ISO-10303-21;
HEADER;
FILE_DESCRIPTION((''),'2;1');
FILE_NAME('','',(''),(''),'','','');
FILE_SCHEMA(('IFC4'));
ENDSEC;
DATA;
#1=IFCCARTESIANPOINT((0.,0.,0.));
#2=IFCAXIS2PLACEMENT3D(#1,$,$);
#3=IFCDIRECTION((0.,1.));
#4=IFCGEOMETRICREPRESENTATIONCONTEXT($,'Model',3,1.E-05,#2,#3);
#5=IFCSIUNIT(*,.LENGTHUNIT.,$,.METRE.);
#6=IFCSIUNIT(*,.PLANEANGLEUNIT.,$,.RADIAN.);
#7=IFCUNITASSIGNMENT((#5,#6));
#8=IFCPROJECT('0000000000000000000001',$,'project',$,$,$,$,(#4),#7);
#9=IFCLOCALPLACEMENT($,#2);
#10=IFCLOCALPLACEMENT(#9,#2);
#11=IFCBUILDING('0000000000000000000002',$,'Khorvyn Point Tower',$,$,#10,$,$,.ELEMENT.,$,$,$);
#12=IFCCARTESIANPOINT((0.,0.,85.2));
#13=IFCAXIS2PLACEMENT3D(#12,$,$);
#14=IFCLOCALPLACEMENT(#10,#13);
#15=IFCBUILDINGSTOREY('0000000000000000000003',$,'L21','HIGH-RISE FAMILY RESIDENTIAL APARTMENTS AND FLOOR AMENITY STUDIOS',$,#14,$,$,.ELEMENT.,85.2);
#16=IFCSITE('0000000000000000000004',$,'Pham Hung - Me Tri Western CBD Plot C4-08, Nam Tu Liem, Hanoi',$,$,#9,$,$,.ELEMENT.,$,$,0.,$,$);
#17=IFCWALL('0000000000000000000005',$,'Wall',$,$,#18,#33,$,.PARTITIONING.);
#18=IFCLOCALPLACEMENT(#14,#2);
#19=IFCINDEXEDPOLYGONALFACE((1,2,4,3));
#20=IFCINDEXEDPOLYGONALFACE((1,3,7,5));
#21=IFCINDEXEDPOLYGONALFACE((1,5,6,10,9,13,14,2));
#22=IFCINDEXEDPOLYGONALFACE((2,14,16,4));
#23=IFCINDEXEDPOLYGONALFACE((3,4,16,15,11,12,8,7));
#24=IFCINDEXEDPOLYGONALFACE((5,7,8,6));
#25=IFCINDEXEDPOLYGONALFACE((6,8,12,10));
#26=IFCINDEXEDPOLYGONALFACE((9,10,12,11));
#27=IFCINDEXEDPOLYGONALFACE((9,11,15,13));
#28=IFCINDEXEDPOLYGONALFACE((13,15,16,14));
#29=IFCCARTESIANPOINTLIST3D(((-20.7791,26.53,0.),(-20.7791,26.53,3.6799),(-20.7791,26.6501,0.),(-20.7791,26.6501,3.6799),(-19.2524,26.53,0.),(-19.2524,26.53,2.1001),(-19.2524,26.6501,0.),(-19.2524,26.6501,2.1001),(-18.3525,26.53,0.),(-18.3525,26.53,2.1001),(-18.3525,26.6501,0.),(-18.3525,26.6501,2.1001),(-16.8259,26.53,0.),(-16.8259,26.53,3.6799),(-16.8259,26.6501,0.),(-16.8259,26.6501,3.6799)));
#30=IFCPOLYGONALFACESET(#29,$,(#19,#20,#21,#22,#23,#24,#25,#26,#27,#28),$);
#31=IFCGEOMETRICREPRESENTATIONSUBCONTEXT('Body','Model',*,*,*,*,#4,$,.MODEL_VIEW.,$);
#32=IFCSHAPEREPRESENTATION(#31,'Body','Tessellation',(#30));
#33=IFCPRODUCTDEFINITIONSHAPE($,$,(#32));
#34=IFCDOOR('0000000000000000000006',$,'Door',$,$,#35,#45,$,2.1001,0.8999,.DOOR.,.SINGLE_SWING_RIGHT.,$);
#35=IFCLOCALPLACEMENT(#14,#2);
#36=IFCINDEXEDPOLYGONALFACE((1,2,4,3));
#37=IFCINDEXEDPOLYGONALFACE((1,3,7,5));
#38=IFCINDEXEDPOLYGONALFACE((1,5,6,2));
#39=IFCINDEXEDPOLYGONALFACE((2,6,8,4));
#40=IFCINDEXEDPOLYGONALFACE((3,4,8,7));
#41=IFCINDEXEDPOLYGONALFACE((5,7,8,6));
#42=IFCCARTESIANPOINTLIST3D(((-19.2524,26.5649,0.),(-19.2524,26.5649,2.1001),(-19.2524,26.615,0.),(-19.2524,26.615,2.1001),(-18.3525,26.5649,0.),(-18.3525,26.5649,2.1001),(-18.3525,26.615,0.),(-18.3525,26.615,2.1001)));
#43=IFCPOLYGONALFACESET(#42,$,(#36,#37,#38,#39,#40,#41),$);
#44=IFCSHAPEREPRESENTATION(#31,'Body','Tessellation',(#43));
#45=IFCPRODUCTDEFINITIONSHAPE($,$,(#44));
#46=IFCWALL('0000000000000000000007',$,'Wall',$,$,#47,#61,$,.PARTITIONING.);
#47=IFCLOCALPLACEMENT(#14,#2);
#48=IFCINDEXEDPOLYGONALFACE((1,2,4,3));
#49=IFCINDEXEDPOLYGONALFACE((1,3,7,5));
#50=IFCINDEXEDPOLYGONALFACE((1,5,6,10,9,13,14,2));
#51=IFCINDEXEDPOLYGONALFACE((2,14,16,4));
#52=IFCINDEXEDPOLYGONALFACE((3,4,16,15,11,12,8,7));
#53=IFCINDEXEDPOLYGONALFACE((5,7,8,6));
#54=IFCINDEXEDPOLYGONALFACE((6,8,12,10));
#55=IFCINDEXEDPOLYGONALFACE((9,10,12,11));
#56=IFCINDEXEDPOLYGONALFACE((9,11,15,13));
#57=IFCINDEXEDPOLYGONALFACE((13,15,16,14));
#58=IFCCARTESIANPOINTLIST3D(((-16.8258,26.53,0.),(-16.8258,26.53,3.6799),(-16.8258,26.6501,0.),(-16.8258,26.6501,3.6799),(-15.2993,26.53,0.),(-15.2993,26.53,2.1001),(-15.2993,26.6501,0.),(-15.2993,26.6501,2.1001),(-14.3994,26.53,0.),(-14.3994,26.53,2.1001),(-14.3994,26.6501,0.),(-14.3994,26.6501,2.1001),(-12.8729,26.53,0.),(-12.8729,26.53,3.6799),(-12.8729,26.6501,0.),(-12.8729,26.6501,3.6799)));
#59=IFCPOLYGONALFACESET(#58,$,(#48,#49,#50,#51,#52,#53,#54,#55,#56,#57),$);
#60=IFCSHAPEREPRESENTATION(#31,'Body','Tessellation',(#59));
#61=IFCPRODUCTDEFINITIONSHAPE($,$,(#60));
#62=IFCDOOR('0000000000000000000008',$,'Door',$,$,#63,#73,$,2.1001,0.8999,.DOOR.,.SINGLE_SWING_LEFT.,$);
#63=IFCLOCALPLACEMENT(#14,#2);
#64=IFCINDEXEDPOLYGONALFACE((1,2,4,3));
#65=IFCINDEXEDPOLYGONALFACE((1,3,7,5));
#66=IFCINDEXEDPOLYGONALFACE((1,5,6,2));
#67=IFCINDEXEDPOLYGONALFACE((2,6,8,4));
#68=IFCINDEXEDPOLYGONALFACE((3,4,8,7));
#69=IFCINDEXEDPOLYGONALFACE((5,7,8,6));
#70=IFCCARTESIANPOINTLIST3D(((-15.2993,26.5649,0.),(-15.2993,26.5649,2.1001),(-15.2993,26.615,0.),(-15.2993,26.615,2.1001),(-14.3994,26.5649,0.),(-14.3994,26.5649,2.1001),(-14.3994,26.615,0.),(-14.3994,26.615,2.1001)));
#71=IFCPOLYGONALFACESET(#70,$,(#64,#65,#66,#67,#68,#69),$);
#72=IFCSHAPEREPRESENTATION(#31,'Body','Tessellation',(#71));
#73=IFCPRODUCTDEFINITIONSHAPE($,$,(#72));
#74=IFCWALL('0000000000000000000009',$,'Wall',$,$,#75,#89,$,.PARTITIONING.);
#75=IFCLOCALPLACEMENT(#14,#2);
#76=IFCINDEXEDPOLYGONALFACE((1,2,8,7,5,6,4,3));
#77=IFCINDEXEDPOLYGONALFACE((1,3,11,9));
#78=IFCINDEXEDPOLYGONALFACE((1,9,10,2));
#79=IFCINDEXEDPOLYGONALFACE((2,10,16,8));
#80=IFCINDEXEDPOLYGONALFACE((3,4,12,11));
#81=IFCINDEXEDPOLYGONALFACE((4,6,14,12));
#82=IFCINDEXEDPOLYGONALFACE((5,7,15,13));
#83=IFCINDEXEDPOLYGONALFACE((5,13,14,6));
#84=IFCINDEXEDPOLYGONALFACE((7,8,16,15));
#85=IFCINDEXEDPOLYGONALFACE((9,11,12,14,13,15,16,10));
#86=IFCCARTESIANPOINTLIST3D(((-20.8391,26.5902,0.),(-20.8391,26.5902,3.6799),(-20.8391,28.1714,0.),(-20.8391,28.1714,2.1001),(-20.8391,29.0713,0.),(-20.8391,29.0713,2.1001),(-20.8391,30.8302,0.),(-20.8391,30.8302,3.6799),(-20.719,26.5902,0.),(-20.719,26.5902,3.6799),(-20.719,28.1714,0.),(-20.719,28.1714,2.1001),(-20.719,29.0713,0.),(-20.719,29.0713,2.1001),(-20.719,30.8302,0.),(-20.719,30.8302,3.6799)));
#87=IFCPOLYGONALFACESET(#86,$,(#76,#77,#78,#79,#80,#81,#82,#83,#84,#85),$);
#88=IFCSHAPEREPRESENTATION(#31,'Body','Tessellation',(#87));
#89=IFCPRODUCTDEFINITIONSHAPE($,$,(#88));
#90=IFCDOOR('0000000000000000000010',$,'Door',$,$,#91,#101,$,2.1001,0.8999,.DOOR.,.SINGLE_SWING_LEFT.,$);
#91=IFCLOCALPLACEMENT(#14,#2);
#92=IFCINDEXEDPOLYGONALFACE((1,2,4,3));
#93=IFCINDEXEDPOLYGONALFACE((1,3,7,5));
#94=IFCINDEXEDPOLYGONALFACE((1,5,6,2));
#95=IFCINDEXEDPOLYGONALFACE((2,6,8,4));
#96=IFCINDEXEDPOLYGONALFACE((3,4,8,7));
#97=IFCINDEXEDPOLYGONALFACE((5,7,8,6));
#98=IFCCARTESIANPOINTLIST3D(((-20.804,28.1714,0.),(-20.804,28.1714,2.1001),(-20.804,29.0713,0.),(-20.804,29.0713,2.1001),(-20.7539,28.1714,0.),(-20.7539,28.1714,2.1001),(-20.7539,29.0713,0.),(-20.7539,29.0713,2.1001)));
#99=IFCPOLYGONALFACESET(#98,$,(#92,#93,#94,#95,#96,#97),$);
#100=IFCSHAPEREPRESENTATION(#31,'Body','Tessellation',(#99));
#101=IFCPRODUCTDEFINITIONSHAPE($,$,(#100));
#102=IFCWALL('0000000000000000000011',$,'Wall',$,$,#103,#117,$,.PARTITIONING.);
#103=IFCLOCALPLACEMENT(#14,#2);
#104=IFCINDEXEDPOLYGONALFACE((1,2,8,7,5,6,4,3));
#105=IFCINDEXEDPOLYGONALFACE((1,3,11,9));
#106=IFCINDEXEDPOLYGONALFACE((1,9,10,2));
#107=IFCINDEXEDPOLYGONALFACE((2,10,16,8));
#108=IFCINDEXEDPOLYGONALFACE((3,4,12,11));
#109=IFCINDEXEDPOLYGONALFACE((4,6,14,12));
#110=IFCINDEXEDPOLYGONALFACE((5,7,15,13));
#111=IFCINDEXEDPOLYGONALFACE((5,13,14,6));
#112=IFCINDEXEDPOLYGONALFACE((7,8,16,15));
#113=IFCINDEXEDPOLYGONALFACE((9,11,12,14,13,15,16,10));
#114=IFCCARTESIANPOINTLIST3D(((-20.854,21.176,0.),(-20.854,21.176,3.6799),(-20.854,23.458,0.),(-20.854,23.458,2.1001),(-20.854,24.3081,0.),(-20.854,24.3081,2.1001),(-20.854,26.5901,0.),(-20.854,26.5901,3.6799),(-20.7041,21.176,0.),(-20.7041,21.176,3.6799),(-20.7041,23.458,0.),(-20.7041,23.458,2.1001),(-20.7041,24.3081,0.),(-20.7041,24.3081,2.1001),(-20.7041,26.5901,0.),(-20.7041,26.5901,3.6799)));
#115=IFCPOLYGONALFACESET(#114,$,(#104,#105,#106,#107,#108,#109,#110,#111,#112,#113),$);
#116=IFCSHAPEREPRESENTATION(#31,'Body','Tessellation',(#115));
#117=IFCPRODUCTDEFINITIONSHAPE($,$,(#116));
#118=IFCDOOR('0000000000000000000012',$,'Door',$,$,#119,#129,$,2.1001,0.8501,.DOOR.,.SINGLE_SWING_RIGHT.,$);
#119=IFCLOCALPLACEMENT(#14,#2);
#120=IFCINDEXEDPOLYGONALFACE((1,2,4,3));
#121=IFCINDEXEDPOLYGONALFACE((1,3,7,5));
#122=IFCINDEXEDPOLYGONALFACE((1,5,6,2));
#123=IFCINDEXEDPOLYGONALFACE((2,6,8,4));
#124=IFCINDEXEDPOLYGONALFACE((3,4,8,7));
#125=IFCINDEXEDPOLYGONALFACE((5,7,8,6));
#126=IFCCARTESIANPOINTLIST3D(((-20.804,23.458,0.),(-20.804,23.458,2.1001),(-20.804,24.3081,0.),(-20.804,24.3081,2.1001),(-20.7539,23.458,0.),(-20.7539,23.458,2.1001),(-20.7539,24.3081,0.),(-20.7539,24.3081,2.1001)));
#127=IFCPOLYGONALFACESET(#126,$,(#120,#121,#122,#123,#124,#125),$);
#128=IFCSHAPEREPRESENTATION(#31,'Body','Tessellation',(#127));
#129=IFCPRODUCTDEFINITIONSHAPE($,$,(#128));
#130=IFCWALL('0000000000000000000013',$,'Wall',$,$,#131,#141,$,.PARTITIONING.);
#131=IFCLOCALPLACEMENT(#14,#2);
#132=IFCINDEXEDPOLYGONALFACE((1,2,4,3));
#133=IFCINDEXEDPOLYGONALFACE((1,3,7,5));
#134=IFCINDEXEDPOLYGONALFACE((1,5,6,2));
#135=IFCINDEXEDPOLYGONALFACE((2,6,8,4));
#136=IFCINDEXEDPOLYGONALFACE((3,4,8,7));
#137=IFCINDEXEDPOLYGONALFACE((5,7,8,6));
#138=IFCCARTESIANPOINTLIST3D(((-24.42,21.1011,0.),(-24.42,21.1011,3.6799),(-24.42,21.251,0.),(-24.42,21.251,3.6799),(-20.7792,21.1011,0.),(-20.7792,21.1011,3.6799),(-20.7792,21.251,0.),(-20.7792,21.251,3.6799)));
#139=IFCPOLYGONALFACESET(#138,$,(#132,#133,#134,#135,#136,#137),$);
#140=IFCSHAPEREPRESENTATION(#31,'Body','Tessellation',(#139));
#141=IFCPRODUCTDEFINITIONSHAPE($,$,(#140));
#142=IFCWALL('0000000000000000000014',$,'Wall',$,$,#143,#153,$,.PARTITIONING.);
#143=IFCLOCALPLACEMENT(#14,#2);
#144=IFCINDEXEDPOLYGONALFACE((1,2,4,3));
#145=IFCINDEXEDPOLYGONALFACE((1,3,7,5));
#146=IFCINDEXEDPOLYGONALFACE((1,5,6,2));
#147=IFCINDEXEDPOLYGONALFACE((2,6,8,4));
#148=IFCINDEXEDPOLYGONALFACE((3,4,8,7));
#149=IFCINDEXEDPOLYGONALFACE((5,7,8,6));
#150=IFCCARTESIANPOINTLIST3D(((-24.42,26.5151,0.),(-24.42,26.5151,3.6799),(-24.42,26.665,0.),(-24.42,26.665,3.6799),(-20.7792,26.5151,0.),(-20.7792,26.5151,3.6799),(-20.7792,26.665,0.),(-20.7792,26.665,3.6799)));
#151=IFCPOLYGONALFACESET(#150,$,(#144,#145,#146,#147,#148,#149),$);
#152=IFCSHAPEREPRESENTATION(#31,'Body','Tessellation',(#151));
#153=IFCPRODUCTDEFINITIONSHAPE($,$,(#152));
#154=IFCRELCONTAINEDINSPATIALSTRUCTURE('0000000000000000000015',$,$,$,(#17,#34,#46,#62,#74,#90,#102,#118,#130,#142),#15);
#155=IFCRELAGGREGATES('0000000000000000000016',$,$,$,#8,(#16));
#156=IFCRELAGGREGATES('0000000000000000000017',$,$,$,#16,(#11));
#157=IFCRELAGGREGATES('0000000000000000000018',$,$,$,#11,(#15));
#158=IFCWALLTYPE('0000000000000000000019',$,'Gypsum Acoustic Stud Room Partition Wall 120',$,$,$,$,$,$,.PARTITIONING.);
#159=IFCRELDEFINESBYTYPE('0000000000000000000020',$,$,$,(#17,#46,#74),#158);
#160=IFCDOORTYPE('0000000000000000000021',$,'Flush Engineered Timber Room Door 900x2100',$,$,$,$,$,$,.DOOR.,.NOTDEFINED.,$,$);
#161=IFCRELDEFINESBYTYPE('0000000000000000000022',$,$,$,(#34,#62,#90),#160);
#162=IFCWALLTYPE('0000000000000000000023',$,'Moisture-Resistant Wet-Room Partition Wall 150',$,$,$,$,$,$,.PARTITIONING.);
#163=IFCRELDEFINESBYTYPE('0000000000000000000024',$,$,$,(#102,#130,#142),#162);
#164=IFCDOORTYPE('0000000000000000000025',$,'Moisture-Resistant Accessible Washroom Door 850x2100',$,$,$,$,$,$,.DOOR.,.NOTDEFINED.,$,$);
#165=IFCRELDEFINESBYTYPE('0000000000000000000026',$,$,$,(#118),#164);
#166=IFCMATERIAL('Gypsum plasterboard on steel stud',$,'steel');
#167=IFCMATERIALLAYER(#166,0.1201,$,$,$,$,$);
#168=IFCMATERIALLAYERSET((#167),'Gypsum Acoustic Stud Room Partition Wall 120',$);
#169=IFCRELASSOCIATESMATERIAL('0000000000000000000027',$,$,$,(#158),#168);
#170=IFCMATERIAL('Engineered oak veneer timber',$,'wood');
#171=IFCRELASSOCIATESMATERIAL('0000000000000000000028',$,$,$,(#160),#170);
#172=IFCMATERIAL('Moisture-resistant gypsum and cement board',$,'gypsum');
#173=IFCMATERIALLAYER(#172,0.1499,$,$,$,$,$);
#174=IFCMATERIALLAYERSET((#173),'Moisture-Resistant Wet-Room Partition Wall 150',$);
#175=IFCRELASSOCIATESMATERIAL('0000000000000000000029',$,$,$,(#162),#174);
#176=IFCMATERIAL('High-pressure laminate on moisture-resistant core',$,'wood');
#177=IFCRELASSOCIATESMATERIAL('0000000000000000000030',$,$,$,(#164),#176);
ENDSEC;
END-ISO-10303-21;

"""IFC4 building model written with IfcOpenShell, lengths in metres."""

from ifc_helpers import new_model, si_unit, direction, frame, frame_2d, origin, place, context, subcontext, project, spatial, rectangle, extrude, material, layer, layer_set, type_object, element, fill, save


model = new_model("IFC4")

# Units and contexts
model_context = context("Model", 3, precision=1e-05, world=origin(), true_north=direction((0.0, 1.0)))
body_context = subcontext(model_context, "Body", "Model", "MODEL_VIEW")
ifc_project = project(units=[si_unit("LENGTHUNIT", "METRE"), si_unit("PLANEANGLEUNIT", "RADIAN")], contexts=[model_context])

# Site, building, storey
site_placement = place(None, origin())
site = spatial("IfcSite", under=ifc_project, at=site_placement, Name="Pham Hung - Me Tri Western CBD Plot C4-08, Nam Tu Liem, Hanoi", CompositionType="ELEMENT", RefElevation=0.0)
building_placement = place(site_placement, origin())
building = spatial("IfcBuilding", under=site, at=building_placement, Name="Khorvyn Point Tower", CompositionType="ELEMENT")
storey_placement = place(building_placement, frame((0.0, 0.0, 85.2)))
storey = spatial("IfcBuildingStorey", under=building, at=storey_placement, Name="L21", Description="HIGH-RISE FAMILY RESIDENTIAL APARTMENTS AND FLOOR AMENITY STUDIOS", CompositionType="ELEMENT", Elevation=85.2)

# Walls, openings, doors
ifc_material_1 = material(Name="Gypsum plasterboard on steel stud", Category="steel")
ifc_layer_1 = layer(ifc_material_1, 0.1201)
ifc_layer_set_1 = layer_set([ifc_layer_1], Name="Gypsum Acoustic Stud Room Partition Wall 120")
wall_type_1 = type_object("IfcWallType", Name="Gypsum Acoustic Stud Room Partition Wall 120", PredefinedType="PARTITIONING", material=ifc_layer_set_1)
wall_1_placement = place(storey_placement, frame((-20.7791, 26.5901, 0.0), z_axis=(0.0, 0.0, 1.0), x_axis=(1.0, 0.0, 0.0)))
wall_1 = element("IfcWall", 1, at=wall_1_placement, inside=storey, type_object=wall_type_1, Name="Wall", PredefinedType="PARTITIONING", context=body_context, shape_type="SweptSolid", body=[
    extrude(rectangle(XDim=3.9531, YDim=0.1201, at=frame_2d((1.9766, 0.0))), origin(), (0.0, 0.0, 1.0), 3.6799),
])
opening_1_placement = place(wall_1_placement, frame((1.5266, 0.0, 0.0)))
opening_1 = element("IfcOpeningElement", 2, at=opening_1_placement, cuts=wall_1, PredefinedType="OPENING", context=body_context, shape_type="SweptSolid", body=[
    extrude(rectangle(XDim=0.8999, YDim=2.1001, at=frame_2d((0.45, 1.05))), frame((0.0, 0.0701, 0.0), z_axis=(0.0, -1.0, 0.0), x_axis=(1.0, 0.0, 0.0)), (0.0, 0.0, 1.0), 0.1401),
])
ifc_material_2 = material(Name="Engineered oak veneer timber", Category="wood")
door_type_1 = type_object("IfcDoorType", Name="Flush Engineered Timber Room Door 900x2100", OperationType="NOTDEFINED", PredefinedType="DOOR", material=ifc_material_2)
door_1_placement = place(opening_1_placement, origin())
door_1 = element("IfcDoor", 3, at=door_1_placement, inside=storey, type_object=door_type_1, Name="Door", OperationType="SINGLE_SWING_RIGHT", OverallHeight=2.1001, OverallWidth=0.8999, PredefinedType="DOOR", context=body_context, shape_type="SweptSolid", body=[
    extrude(rectangle(XDim=0.8999, YDim=2.1001, at=frame_2d((0.45, 1.05))), frame((0.0, 0.0249, 0.0), z_axis=(0.0, -1.0, 0.0), x_axis=(1.0, 0.0, 0.0)), (0.0, 0.0, 1.0), 0.05),
])
fill(opening_1, door_1)
wall_2_placement = place(storey_placement, frame((-16.8259, 26.5901, 0.0), z_axis=(0.0, 0.0, 1.0), x_axis=(1.0, 0.0, 0.0)))
wall_2 = element("IfcWall", 4, at=wall_2_placement, inside=storey, type_object=wall_type_1, Name="Wall", PredefinedType="PARTITIONING", context=body_context, shape_type="SweptSolid", body=[
    extrude(rectangle(XDim=3.9529, YDim=0.1201, at=frame_2d((1.9766, 0.0))), origin(), (0.0, 0.0, 1.0), 3.6799),
])
opening_2_placement = place(wall_2_placement, frame((1.5266, 0.0, 0.0)))
opening_2 = element("IfcOpeningElement", 5, at=opening_2_placement, cuts=wall_2, PredefinedType="OPENING", context=body_context, shape_type="SweptSolid", body=[
    extrude(rectangle(XDim=0.8999, YDim=2.1001, at=frame_2d((0.45, 1.05))), frame((0.0, 0.0701, 0.0), z_axis=(0.0, -1.0, 0.0), x_axis=(1.0, 0.0, 0.0)), (0.0, 0.0, 1.0), 0.1401),
])
door_2_placement = place(opening_2_placement, origin())
door_2 = element("IfcDoor", 6, at=door_2_placement, inside=storey, type_object=door_type_1, Name="Door", OperationType="SINGLE_SWING_LEFT", OverallHeight=2.1001, OverallWidth=0.8999, PredefinedType="DOOR", context=body_context, shape_type="SweptSolid", body=[
    extrude(rectangle(XDim=0.8999, YDim=2.1001, at=frame_2d((0.45, 1.05))), frame((0.0, 0.0249, 0.0), z_axis=(0.0, -1.0, 0.0), x_axis=(1.0, 0.0, 0.0)), (0.0, 0.0, 1.0), 0.05),
])
fill(opening_2, door_2)
wall_3_placement = place(storey_placement, frame((-20.7791, 26.5901, 0.0), z_axis=(0.0, 0.0, 1.0), x_axis=(0.0, 1.0, 0.0)))
wall_3 = element("IfcWall", 7, at=wall_3_placement, inside=storey, type_object=wall_type_1, Name="Wall", PredefinedType="PARTITIONING", context=body_context, shape_type="SweptSolid", body=[
    extrude(rectangle(XDim=4.24, YDim=0.1201, at=frame_2d((2.1201, 0.0))), origin(), (0.0, 0.0, 1.0), 3.6799),
])
opening_3_placement = place(wall_3_placement, frame((1.5813, 0.0, 0.0)))
opening_3 = element("IfcOpeningElement", 8, at=opening_3_placement, cuts=wall_3, PredefinedType="OPENING", context=body_context, shape_type="SweptSolid", body=[
    extrude(rectangle(XDim=0.8999, YDim=2.1001, at=frame_2d((0.45, 1.05))), frame((0.0, 0.0701, 0.0), z_axis=(0.0, -1.0, 0.0), x_axis=(1.0, 0.0, 0.0)), (0.0, 0.0, 1.0), 0.1401),
])
door_3_placement = place(opening_3_placement, origin())
door_3 = element("IfcDoor", 9, at=door_3_placement, inside=storey, type_object=door_type_1, Name="Door", OperationType="SINGLE_SWING_LEFT", OverallHeight=2.1001, OverallWidth=0.8999, PredefinedType="DOOR", context=body_context, shape_type="SweptSolid", body=[
    extrude(rectangle(XDim=0.8999, YDim=2.1001, at=frame_2d((0.45, 1.05))), frame((0.0, 0.0249, 0.0), z_axis=(0.0, -1.0, 0.0), x_axis=(1.0, 0.0, 0.0)), (0.0, 0.0, 1.0), 0.05),
])
fill(opening_3, door_3)
ifc_material_3 = material(Name="Moisture-resistant gypsum and cement board", Category="gypsum")
ifc_layer_2 = layer(ifc_material_3, 0.1499)
ifc_layer_set_2 = layer_set([ifc_layer_2], Name="Moisture-Resistant Wet-Room Partition Wall 150")
wall_type_2 = type_object("IfcWallType", Name="Moisture-Resistant Wet-Room Partition Wall 150", PredefinedType="PARTITIONING", material=ifc_layer_set_2)
wall_4_placement = place(storey_placement, frame((-20.7791, 21.176, 0.0), z_axis=(0.0, 0.0, 1.0), x_axis=(0.0, 1.0, 0.0)))
wall_4 = element("IfcWall", 10, at=wall_4_placement, inside=storey, type_object=wall_type_2, Name="Wall", PredefinedType="PARTITIONING", context=body_context, shape_type="SweptSolid", body=[
    extrude(rectangle(XDim=5.4141, YDim=0.1499, at=frame_2d((2.707, 0.0))), origin(), (0.0, 0.0, 1.0), 3.6799),
])
opening_4_placement = place(wall_4_placement, frame((2.282, 0.0, 0.0)))
opening_4 = element("IfcOpeningElement", 11, at=opening_4_placement, cuts=wall_4, PredefinedType="OPENING", context=body_context, shape_type="SweptSolid", body=[
    extrude(rectangle(XDim=0.8501, YDim=2.1001, at=frame_2d((0.425, 1.05))), frame((0.0, 0.085, 0.0), z_axis=(0.0, -1.0, 0.0), x_axis=(1.0, 0.0, 0.0)), (0.0, 0.0, 1.0), 0.1699),
])
ifc_material_4 = material(Name="High-pressure laminate on moisture-resistant core", Category="wood")
door_type_2 = type_object("IfcDoorType", Name="Moisture-Resistant Accessible Washroom Door 850x2100", OperationType="NOTDEFINED", PredefinedType="DOOR", material=ifc_material_4)
door_4_placement = place(opening_4_placement, origin())
door_4 = element("IfcDoor", 12, at=door_4_placement, inside=storey, type_object=door_type_2, Name="Door", OperationType="SINGLE_SWING_RIGHT", OverallHeight=2.1001, OverallWidth=0.8501, PredefinedType="DOOR", context=body_context, shape_type="SweptSolid", body=[
    extrude(rectangle(XDim=0.8501, YDim=2.1001, at=frame_2d((0.425, 1.05))), frame((0.0, 0.0249, 0.0), z_axis=(0.0, -1.0, 0.0), x_axis=(1.0, 0.0, 0.0)), (0.0, 0.0, 1.0), 0.05),
])
fill(opening_4, door_4)

# Walls
for number, where, z_axis, x_axis, name in (
    (13, (-24.4199, 21.176, 0.0), (0.0, 0.0, 1.0), (1.0, 0.0, 0.0), "Wall"),
    (14, (-24.4199, 26.5901, 0.0), (0.0, 0.0, 1.0), (1.0, 0.0, 0.0), "Wall"),
):
    element("IfcWall", number, at=place(storey_placement, frame(where, z_axis=z_axis, x_axis=x_axis)), inside=storey, type_object=wall_type_2, Name=name, PredefinedType="PARTITIONING", context=body_context, shape_type="SweptSolid", body=[
        extrude(rectangle(XDim=3.6409, YDim=0.1499, at=frame_2d((1.8203, 0.0))), origin(), (0.0, 0.0, 1.0), 3.6799),
    ])

save(model, "model.ifc")
